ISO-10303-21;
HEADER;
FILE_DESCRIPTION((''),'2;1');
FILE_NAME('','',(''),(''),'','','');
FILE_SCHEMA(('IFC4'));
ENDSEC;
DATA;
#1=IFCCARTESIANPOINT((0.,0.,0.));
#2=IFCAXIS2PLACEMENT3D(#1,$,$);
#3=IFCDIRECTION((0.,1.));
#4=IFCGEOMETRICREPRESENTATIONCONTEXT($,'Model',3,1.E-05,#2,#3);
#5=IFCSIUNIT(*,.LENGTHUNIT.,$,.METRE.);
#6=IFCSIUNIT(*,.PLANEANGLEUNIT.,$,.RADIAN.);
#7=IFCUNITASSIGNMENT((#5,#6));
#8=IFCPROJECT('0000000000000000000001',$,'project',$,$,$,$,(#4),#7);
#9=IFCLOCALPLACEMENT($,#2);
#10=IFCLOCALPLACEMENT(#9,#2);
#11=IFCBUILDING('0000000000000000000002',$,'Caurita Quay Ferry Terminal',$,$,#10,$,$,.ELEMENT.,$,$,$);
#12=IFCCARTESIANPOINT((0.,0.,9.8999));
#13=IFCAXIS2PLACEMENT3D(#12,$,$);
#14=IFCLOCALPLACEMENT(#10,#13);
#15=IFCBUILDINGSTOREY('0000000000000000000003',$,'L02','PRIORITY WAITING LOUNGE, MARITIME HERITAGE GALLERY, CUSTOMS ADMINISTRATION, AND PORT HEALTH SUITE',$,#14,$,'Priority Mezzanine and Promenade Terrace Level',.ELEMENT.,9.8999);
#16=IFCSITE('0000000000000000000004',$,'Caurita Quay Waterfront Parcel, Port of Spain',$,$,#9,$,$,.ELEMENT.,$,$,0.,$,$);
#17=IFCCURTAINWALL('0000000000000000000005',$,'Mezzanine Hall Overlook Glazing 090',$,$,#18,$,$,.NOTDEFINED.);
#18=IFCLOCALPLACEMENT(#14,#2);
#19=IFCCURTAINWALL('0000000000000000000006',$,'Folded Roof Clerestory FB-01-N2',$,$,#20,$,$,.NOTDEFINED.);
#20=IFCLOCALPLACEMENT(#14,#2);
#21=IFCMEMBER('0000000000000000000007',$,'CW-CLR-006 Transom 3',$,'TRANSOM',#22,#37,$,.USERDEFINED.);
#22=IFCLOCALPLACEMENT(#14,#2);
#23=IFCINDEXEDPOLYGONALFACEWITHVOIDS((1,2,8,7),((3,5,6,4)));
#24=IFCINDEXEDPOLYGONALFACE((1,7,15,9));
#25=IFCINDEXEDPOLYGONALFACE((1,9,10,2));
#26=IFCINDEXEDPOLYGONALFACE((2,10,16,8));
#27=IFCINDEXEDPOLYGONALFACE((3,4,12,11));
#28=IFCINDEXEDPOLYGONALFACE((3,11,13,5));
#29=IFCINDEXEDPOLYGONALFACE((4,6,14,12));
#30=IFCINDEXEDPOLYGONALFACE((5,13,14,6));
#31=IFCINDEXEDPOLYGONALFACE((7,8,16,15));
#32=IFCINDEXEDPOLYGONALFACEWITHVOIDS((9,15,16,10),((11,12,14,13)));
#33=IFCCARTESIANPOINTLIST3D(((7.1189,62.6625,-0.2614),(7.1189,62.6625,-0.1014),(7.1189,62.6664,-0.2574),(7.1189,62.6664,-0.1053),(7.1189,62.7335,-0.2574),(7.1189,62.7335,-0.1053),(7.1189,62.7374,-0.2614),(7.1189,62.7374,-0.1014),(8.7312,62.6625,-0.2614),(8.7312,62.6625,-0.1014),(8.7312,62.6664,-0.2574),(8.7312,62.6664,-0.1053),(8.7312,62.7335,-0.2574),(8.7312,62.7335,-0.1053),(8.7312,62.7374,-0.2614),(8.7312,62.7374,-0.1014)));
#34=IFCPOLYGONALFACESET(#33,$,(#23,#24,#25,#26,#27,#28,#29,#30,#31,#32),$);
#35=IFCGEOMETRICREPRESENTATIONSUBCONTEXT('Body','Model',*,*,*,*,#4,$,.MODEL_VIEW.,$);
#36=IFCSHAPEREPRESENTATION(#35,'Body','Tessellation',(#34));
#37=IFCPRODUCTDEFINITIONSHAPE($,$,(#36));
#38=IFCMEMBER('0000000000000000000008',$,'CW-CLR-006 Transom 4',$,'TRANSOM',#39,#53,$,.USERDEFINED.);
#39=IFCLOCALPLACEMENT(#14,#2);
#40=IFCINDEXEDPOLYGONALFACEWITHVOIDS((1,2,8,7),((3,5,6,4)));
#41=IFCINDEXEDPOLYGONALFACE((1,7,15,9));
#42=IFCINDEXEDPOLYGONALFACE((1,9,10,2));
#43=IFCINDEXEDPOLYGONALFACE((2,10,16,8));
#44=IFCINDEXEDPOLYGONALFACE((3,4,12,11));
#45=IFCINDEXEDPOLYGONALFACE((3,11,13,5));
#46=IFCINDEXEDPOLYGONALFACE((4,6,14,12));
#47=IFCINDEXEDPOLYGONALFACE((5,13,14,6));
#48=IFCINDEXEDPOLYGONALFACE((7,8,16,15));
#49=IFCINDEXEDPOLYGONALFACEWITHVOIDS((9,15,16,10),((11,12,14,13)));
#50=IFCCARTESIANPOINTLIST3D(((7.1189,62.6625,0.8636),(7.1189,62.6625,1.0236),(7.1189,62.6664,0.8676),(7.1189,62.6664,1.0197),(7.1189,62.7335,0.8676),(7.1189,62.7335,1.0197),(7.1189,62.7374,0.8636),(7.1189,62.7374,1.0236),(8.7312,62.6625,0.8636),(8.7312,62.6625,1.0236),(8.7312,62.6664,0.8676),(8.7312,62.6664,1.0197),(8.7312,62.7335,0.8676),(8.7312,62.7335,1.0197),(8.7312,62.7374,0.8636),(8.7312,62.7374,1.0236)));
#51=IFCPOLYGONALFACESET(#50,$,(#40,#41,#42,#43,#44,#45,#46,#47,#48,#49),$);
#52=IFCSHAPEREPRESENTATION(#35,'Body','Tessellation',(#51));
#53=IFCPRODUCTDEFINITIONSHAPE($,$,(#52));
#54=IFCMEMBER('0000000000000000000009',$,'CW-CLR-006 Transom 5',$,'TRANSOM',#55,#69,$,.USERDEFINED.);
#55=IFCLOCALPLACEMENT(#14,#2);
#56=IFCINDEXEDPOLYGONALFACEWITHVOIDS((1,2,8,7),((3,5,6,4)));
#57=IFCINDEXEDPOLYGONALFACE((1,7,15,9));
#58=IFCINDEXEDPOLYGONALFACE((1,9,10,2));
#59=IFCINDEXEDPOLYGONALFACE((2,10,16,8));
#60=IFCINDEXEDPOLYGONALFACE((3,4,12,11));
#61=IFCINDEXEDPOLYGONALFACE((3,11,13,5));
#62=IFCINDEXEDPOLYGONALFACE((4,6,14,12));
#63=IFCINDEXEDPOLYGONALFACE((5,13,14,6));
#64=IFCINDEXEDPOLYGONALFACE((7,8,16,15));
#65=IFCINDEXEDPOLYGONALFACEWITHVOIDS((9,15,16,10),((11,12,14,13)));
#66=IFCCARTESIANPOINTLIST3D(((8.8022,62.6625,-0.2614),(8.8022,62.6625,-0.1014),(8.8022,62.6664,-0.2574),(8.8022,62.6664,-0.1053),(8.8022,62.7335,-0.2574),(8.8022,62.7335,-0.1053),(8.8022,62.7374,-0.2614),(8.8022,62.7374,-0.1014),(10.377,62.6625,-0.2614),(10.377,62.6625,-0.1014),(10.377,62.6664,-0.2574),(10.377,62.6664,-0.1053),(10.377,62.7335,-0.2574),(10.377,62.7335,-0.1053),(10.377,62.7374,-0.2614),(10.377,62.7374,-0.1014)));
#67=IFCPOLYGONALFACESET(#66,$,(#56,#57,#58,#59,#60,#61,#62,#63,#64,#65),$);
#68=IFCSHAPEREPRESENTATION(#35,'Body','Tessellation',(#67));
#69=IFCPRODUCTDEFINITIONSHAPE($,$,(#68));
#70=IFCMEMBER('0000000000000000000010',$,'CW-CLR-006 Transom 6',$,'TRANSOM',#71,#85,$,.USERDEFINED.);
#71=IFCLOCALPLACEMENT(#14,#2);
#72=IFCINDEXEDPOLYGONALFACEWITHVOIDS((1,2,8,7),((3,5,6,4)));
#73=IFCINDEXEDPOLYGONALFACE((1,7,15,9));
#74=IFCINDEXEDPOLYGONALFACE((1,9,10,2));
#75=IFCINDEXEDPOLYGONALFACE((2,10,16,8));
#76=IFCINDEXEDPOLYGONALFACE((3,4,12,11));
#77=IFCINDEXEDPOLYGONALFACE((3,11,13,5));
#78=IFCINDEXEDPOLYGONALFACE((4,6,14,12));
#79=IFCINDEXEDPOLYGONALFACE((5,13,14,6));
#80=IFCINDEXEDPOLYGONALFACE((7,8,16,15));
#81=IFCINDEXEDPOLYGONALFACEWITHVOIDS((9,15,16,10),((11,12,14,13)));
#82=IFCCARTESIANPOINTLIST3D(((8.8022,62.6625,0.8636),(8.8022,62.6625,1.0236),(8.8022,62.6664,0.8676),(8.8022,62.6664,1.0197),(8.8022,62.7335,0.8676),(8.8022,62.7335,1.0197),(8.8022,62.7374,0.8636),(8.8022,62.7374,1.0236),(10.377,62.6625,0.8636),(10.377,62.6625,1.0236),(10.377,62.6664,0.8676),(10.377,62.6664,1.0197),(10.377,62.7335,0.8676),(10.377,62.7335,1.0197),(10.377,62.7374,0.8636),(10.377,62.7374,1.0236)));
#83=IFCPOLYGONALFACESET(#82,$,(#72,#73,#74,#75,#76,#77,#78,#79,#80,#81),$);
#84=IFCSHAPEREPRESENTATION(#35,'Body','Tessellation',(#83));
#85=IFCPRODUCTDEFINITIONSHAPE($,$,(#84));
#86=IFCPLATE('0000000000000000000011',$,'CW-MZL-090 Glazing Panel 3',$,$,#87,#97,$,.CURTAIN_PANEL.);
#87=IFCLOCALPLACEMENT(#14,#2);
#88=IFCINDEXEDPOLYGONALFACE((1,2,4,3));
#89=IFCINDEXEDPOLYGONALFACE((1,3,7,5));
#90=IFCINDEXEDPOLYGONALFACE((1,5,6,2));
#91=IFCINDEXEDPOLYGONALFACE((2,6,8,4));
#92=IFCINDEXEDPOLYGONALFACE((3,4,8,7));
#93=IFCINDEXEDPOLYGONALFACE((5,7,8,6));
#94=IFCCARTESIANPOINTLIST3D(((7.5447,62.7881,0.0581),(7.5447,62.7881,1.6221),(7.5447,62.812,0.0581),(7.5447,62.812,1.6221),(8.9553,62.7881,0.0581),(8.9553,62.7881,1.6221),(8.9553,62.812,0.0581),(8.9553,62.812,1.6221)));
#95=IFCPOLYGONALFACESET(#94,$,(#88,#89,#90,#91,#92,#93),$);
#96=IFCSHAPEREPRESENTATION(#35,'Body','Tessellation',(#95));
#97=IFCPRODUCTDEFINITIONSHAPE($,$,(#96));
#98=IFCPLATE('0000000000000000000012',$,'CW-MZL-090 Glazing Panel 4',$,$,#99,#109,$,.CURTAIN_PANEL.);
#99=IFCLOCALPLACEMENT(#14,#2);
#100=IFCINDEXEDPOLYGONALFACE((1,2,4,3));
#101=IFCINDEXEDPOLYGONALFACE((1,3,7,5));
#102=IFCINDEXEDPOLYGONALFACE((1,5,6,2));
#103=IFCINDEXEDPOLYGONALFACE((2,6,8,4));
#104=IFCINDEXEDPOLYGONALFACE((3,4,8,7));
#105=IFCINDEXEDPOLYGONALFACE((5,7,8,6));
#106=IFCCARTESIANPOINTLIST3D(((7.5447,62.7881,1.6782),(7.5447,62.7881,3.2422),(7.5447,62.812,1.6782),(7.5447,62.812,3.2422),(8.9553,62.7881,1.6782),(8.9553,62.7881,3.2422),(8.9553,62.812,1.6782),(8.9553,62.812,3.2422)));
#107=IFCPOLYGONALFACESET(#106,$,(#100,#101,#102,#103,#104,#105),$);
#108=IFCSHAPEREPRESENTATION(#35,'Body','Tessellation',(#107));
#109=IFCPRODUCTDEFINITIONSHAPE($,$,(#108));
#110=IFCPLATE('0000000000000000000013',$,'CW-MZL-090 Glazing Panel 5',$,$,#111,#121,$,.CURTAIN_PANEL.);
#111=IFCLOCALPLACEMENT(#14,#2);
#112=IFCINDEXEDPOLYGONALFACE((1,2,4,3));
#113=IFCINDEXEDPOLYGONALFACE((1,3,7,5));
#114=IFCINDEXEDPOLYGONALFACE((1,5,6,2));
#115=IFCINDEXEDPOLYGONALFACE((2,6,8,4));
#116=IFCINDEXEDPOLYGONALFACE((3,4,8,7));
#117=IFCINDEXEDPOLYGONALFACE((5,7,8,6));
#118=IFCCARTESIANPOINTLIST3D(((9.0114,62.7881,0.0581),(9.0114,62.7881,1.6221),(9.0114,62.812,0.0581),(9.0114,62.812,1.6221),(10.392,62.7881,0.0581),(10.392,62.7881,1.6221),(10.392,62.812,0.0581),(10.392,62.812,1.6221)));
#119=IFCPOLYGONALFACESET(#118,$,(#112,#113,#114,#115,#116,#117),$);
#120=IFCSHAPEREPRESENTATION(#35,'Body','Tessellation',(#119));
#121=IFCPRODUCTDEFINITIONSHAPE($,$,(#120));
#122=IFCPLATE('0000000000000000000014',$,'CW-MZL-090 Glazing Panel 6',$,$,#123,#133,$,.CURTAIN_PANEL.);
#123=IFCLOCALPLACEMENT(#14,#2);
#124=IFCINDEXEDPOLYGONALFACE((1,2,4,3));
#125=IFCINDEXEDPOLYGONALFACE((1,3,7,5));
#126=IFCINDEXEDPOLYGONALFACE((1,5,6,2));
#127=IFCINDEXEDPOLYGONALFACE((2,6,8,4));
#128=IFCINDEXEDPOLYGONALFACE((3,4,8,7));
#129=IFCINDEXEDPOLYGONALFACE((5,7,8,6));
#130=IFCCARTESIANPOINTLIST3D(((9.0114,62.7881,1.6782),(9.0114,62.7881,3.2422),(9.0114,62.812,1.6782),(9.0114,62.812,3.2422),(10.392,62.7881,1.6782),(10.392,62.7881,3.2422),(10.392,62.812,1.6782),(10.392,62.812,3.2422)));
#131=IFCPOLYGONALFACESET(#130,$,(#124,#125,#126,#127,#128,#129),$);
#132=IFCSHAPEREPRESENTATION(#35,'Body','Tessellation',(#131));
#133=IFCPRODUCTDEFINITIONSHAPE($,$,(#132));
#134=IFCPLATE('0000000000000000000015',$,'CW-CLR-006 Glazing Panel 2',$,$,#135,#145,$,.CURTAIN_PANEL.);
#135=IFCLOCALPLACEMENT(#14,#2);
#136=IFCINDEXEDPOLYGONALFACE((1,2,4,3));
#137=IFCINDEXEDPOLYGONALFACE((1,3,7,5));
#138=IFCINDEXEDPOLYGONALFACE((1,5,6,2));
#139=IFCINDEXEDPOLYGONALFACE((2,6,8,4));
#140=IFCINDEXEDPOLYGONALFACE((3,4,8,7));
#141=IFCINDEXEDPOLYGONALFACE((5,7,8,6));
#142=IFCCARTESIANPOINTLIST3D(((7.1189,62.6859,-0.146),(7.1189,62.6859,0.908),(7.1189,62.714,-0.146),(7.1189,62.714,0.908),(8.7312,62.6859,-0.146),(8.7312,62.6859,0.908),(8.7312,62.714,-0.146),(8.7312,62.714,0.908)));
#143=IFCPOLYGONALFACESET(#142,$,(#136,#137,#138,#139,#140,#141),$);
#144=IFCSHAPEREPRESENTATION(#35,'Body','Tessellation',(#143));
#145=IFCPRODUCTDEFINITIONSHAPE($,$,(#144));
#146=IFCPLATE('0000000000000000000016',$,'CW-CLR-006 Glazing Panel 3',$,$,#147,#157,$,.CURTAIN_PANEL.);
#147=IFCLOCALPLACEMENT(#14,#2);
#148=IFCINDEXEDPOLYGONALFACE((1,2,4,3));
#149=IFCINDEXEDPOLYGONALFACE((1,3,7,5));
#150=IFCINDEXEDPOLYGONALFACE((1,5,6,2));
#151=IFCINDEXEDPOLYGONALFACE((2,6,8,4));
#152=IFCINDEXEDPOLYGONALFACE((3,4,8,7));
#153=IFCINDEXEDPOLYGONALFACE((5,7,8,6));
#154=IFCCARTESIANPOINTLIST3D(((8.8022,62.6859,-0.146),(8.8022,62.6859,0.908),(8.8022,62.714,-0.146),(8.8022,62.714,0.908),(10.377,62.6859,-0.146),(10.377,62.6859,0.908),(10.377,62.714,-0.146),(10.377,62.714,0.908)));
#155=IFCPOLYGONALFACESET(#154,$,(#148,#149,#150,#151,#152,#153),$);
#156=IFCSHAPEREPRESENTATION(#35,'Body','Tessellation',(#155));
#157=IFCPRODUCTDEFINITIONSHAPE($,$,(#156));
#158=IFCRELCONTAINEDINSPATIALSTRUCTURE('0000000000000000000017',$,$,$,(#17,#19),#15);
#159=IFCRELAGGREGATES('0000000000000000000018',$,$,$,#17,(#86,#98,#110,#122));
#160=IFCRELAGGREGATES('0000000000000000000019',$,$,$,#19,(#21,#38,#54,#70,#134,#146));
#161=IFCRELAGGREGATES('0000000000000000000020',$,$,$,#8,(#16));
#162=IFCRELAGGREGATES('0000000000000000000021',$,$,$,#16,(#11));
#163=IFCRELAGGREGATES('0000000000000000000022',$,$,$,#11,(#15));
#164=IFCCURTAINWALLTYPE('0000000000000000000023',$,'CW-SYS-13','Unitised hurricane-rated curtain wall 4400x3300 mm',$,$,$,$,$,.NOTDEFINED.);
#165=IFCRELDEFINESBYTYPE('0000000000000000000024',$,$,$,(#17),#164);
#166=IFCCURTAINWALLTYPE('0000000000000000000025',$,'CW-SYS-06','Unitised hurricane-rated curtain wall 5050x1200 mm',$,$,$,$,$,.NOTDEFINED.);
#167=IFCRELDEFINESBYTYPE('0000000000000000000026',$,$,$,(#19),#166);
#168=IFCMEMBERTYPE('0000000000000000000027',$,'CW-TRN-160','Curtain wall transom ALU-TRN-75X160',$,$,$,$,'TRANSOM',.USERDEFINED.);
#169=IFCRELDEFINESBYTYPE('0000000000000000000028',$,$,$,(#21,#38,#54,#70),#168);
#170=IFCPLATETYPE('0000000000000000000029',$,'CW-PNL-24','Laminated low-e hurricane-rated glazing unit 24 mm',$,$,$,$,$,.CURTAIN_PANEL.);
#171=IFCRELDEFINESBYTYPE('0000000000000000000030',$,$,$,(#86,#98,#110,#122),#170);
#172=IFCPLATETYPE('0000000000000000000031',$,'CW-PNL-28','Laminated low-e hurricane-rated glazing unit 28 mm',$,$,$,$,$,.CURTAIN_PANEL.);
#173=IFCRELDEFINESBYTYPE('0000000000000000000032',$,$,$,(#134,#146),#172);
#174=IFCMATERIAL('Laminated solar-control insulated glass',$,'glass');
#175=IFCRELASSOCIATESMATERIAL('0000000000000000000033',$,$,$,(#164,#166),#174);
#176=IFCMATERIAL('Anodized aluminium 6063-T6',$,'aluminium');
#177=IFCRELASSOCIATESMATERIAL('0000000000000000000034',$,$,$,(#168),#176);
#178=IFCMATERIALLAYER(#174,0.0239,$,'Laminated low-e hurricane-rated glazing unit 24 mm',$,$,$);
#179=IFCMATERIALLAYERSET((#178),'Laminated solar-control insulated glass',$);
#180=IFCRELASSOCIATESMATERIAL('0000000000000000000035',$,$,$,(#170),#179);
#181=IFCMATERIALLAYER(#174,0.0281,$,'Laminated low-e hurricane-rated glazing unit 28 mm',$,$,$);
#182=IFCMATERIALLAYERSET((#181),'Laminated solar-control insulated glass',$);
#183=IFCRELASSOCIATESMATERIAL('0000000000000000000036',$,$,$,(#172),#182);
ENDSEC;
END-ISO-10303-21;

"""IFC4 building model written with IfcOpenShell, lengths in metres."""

from ifc_helpers import new_model, si_unit, direction, frame, origin, origin_2d, place, context, subcontext, project, spatial, rectangle, hollow_rectangle, extrude, material, layer, layer_set, material_profile, profile_set, type_object, element, aggregate, save


model = new_model("IFC4")

# Units and contexts
model_context = context("Model", 3, precision=1e-05, world=origin(), true_north=direction((0.0, 1.0)))
body_context = subcontext(model_context, "Body", "Model", "MODEL_VIEW")
ifc_project = project(units=[si_unit("LENGTHUNIT", "METRE"), si_unit("PLANEANGLEUNIT", "RADIAN")], contexts=[model_context])

# Site, building, storey
site_placement = place(None, origin())
site = spatial("IfcSite", under=ifc_project, at=site_placement, Name="Caurita Quay Waterfront Parcel, Port of Spain", CompositionType="ELEMENT", RefElevation=0.0)
building_placement = place(site_placement, origin())
building = spatial("IfcBuilding", under=site, at=building_placement, Name="Caurita Quay Ferry Terminal", CompositionType="ELEMENT")
storey_placement = place(building_placement, frame((0.0, 0.0, 9.8999)))
storey = spatial("IfcBuildingStorey", under=building, at=storey_placement, Name="L02", Description="PRIORITY WAITING LOUNGE, MARITIME HERITAGE GALLERY, CUSTOMS ADMINISTRATION, AND PORT HEALTH SUITE", LongName="Priority Mezzanine and Promenade Terrace Level", CompositionType="ELEMENT", Elevation=9.8999)

# Curtain walls
ifc_material_1 = material(Name="Laminated solar-control insulated glass", Category="glass")
curtain_wall_type_1 = type_object("IfcCurtainWallType", Name="CW-SYS-13", Description="Unitised hurricane-rated curtain wall 4400x3300 mm", PredefinedType="NOTDEFINED", material=ifc_material_1)
curtain_wall_1_placement = place(storey_placement, origin())
curtain_wall_1 = element("IfcCurtainWall", 1, at=curtain_wall_1_placement, inside=storey, type_object=curtain_wall_type_1, Name="Mezzanine Hall Overlook Glazing 090", PredefinedType="NOTDEFINED")
ifc_material_2 = material(Name="Anodized aluminium 6063-T6", Category="aluminium")
curtain_wall_type_2 = type_object("IfcCurtainWallType", Name="CW-SYS-06", Description="Unitised hurricane-rated curtain wall 5050x1200 mm", PredefinedType="NOTDEFINED", material=ifc_material_1)
curtain_wall_2_placement = place(storey_placement, origin())
curtain_wall_2 = element("IfcCurtainWall", 2, at=curtain_wall_2_placement, inside=storey, type_object=curtain_wall_type_2, Name="Folded Roof Clerestory FB-01-N2", PredefinedType="NOTDEFINED")

# Members
ifc_material_profile_1 = material_profile(ifc_material_2, hollow_rectangle(XDim=0.075, YDim=0.1599, WallThickness=0.0039, at=origin_2d()), Name="ALU-TRN-75X160")
ifc_profile_set_1 = profile_set([ifc_material_profile_1], Name="Anodized aluminium 6063-T6")
member_type_1 = type_object("IfcMemberType", Name="CW-TRN-160", Description="Curtain wall transom ALU-TRN-75X160", ElementType="TRANSOM", PredefinedType="USERDEFINED", material=ifc_profile_set_1)
member_1_placement = place(storey_placement, frame((7.1189, 62.7, -0.1814), z_axis=(1.0, 0.0, 0.0), x_axis=(0.0, 1.0, 0.0)))
member_1 = element("IfcMember", 3, at=member_1_placement, type_object=member_type_1, Name="CW-CLR-006 Transom 3", ObjectType="TRANSOM", PredefinedType="USERDEFINED", context=body_context, shape_type="SweptSolid", body=[
    extrude(hollow_rectangle(XDim=0.075, YDim=0.1599, WallThickness=0.0039, at=origin_2d()), origin(), (0.0, 0.0, 1.0), 1.6123),
])
member_2_placement = place(storey_placement, frame((7.1189, 62.7, 0.9436), z_axis=(1.0, 0.0, 0.0), x_axis=(0.0, 1.0, 0.0)))
member_2 = element("IfcMember", 4, at=member_2_placement, type_object=member_type_1, Name="CW-CLR-006 Transom 4", ObjectType="TRANSOM", PredefinedType="USERDEFINED", context=body_context, shape_type="SweptSolid", body=[
    extrude(hollow_rectangle(XDim=0.075, YDim=0.1599, WallThickness=0.0039, at=origin_2d()), origin(), (0.0, 0.0, 1.0), 1.6123),
])
member_3_placement = place(storey_placement, frame((8.8022, 62.7, -0.1814), z_axis=(1.0, 0.0, 0.0), x_axis=(0.0, 1.0, 0.0)))
member_3 = element("IfcMember", 5, at=member_3_placement, type_object=member_type_1, Name="CW-CLR-006 Transom 5", ObjectType="TRANSOM", PredefinedType="USERDEFINED", context=body_context, shape_type="SweptSolid", body=[
    extrude(hollow_rectangle(XDim=0.075, YDim=0.1599, WallThickness=0.0039, at=origin_2d()), origin(), (0.0, 0.0, 1.0), 1.5747),
])
member_4_placement = place(storey_placement, frame((8.8022, 62.7, 0.9436), z_axis=(1.0, 0.0, 0.0), x_axis=(0.0, 1.0, 0.0)))
member_4 = element("IfcMember", 6, at=member_4_placement, type_object=member_type_1, Name="CW-CLR-006 Transom 6", ObjectType="TRANSOM", PredefinedType="USERDEFINED", context=body_context, shape_type="SweptSolid", body=[
    extrude(hollow_rectangle(XDim=0.075, YDim=0.1599, WallThickness=0.0039, at=origin_2d()), origin(), (0.0, 0.0, 1.0), 1.5747),
])

# Plates
ifc_layer_1 = layer(ifc_material_1, 0.0239, Name="Laminated low-e hurricane-rated glazing unit 24 mm")
ifc_layer_set_1 = layer_set([ifc_layer_1], Name="Laminated solar-control insulated glass")
plate_type_1 = type_object("IfcPlateType", Name="CW-PNL-24", Description="Laminated low-e hurricane-rated glazing unit 24 mm", PredefinedType="CURTAIN_PANEL", material=ifc_layer_set_1)
plate_1_placement = place(storey_placement, frame((8.25, 62.8, 0.0581), z_axis=(0.0, 0.0, 1.0), x_axis=(1.0, 0.0, 0.0)))
plate_1 = element("IfcPlate", 7, at=plate_1_placement, type_object=plate_type_1, Name="CW-MZL-090 Glazing Panel 3", PredefinedType="CURTAIN_PANEL", context=body_context, shape_type="SweptSolid", body=[
    extrude(rectangle(XDim=1.4106, YDim=0.0239, at=origin_2d()), origin(), (0.0, 0.0, 1.0), 1.564),
])
plate_2_placement = place(storey_placement, frame((8.25, 62.8, 1.6782), z_axis=(0.0, 0.0, 1.0), x_axis=(1.0, 0.0, 0.0)))
plate_2 = element("IfcPlate", 8, at=plate_2_placement, type_object=plate_type_1, Name="CW-MZL-090 Glazing Panel 4", PredefinedType="CURTAIN_PANEL", context=body_context, shape_type="SweptSolid", body=[
    extrude(rectangle(XDim=1.4106, YDim=0.0239, at=origin_2d()), origin(), (0.0, 0.0, 1.0), 1.564),
])
plate_3_placement = place(storey_placement, frame((9.7017, 62.8, 0.0581), z_axis=(0.0, 0.0, 1.0), x_axis=(1.0, 0.0, 0.0)))
plate_3 = element("IfcPlate", 9, at=plate_3_placement, type_object=plate_type_1, Name="CW-MZL-090 Glazing Panel 5", PredefinedType="CURTAIN_PANEL", context=body_context, shape_type="SweptSolid", body=[
    extrude(rectangle(XDim=1.3806, YDim=0.0239, at=origin_2d()), origin(), (0.0, 0.0, 1.0), 1.564),
])
plate_4_placement = place(storey_placement, frame((9.7017, 62.8, 1.6782), z_axis=(0.0, 0.0, 1.0), x_axis=(1.0, 0.0, 0.0)))
plate_4 = element("IfcPlate", 10, at=plate_4_placement, type_object=plate_type_1, Name="CW-MZL-090 Glazing Panel 6", PredefinedType="CURTAIN_PANEL", context=body_context, shape_type="SweptSolid", body=[
    extrude(rectangle(XDim=1.3806, YDim=0.0239, at=origin_2d()), origin(), (0.0, 0.0, 1.0), 1.564),
])
aggregate(curtain_wall_1, [plate_1, plate_2, plate_3, plate_4])
ifc_layer_2 = layer(ifc_material_1, 0.0281, Name="Laminated low-e hurricane-rated glazing unit 28 mm")
ifc_layer_set_2 = layer_set([ifc_layer_2], Name="Laminated solar-control insulated glass")
plate_type_2 = type_object("IfcPlateType", Name="CW-PNL-28", Description="Laminated low-e hurricane-rated glazing unit 28 mm", PredefinedType="CURTAIN_PANEL", material=ifc_layer_set_2)
plate_5_placement = place(storey_placement, frame((7.925, 62.7, -0.146), z_axis=(0.0, 0.0, 1.0), x_axis=(1.0, 0.0, 0.0)))
plate_5 = element("IfcPlate", 11, at=plate_5_placement, type_object=plate_type_2, Name="CW-CLR-006 Glazing Panel 2", PredefinedType="CURTAIN_PANEL", context=body_context, shape_type="SweptSolid", body=[
    extrude(rectangle(XDim=1.6123, YDim=0.0281, at=origin_2d()), origin(), (0.0, 0.0, 1.0), 1.054),
])
plate_6_placement = place(storey_placement, frame((9.5896, 62.7, -0.146), z_axis=(0.0, 0.0, 1.0), x_axis=(1.0, 0.0, 0.0)))
plate_6 = element("IfcPlate", 12, at=plate_6_placement, type_object=plate_type_2, Name="CW-CLR-006 Glazing Panel 3", PredefinedType="CURTAIN_PANEL", context=body_context, shape_type="SweptSolid", body=[
    extrude(rectangle(XDim=1.5747, YDim=0.0281, at=origin_2d()), origin(), (0.0, 0.0, 1.0), 1.054),
])
aggregate(curtain_wall_2, [member_1, member_2, member_3, member_4, plate_5, plate_6])

save(model, "model.ifc")
